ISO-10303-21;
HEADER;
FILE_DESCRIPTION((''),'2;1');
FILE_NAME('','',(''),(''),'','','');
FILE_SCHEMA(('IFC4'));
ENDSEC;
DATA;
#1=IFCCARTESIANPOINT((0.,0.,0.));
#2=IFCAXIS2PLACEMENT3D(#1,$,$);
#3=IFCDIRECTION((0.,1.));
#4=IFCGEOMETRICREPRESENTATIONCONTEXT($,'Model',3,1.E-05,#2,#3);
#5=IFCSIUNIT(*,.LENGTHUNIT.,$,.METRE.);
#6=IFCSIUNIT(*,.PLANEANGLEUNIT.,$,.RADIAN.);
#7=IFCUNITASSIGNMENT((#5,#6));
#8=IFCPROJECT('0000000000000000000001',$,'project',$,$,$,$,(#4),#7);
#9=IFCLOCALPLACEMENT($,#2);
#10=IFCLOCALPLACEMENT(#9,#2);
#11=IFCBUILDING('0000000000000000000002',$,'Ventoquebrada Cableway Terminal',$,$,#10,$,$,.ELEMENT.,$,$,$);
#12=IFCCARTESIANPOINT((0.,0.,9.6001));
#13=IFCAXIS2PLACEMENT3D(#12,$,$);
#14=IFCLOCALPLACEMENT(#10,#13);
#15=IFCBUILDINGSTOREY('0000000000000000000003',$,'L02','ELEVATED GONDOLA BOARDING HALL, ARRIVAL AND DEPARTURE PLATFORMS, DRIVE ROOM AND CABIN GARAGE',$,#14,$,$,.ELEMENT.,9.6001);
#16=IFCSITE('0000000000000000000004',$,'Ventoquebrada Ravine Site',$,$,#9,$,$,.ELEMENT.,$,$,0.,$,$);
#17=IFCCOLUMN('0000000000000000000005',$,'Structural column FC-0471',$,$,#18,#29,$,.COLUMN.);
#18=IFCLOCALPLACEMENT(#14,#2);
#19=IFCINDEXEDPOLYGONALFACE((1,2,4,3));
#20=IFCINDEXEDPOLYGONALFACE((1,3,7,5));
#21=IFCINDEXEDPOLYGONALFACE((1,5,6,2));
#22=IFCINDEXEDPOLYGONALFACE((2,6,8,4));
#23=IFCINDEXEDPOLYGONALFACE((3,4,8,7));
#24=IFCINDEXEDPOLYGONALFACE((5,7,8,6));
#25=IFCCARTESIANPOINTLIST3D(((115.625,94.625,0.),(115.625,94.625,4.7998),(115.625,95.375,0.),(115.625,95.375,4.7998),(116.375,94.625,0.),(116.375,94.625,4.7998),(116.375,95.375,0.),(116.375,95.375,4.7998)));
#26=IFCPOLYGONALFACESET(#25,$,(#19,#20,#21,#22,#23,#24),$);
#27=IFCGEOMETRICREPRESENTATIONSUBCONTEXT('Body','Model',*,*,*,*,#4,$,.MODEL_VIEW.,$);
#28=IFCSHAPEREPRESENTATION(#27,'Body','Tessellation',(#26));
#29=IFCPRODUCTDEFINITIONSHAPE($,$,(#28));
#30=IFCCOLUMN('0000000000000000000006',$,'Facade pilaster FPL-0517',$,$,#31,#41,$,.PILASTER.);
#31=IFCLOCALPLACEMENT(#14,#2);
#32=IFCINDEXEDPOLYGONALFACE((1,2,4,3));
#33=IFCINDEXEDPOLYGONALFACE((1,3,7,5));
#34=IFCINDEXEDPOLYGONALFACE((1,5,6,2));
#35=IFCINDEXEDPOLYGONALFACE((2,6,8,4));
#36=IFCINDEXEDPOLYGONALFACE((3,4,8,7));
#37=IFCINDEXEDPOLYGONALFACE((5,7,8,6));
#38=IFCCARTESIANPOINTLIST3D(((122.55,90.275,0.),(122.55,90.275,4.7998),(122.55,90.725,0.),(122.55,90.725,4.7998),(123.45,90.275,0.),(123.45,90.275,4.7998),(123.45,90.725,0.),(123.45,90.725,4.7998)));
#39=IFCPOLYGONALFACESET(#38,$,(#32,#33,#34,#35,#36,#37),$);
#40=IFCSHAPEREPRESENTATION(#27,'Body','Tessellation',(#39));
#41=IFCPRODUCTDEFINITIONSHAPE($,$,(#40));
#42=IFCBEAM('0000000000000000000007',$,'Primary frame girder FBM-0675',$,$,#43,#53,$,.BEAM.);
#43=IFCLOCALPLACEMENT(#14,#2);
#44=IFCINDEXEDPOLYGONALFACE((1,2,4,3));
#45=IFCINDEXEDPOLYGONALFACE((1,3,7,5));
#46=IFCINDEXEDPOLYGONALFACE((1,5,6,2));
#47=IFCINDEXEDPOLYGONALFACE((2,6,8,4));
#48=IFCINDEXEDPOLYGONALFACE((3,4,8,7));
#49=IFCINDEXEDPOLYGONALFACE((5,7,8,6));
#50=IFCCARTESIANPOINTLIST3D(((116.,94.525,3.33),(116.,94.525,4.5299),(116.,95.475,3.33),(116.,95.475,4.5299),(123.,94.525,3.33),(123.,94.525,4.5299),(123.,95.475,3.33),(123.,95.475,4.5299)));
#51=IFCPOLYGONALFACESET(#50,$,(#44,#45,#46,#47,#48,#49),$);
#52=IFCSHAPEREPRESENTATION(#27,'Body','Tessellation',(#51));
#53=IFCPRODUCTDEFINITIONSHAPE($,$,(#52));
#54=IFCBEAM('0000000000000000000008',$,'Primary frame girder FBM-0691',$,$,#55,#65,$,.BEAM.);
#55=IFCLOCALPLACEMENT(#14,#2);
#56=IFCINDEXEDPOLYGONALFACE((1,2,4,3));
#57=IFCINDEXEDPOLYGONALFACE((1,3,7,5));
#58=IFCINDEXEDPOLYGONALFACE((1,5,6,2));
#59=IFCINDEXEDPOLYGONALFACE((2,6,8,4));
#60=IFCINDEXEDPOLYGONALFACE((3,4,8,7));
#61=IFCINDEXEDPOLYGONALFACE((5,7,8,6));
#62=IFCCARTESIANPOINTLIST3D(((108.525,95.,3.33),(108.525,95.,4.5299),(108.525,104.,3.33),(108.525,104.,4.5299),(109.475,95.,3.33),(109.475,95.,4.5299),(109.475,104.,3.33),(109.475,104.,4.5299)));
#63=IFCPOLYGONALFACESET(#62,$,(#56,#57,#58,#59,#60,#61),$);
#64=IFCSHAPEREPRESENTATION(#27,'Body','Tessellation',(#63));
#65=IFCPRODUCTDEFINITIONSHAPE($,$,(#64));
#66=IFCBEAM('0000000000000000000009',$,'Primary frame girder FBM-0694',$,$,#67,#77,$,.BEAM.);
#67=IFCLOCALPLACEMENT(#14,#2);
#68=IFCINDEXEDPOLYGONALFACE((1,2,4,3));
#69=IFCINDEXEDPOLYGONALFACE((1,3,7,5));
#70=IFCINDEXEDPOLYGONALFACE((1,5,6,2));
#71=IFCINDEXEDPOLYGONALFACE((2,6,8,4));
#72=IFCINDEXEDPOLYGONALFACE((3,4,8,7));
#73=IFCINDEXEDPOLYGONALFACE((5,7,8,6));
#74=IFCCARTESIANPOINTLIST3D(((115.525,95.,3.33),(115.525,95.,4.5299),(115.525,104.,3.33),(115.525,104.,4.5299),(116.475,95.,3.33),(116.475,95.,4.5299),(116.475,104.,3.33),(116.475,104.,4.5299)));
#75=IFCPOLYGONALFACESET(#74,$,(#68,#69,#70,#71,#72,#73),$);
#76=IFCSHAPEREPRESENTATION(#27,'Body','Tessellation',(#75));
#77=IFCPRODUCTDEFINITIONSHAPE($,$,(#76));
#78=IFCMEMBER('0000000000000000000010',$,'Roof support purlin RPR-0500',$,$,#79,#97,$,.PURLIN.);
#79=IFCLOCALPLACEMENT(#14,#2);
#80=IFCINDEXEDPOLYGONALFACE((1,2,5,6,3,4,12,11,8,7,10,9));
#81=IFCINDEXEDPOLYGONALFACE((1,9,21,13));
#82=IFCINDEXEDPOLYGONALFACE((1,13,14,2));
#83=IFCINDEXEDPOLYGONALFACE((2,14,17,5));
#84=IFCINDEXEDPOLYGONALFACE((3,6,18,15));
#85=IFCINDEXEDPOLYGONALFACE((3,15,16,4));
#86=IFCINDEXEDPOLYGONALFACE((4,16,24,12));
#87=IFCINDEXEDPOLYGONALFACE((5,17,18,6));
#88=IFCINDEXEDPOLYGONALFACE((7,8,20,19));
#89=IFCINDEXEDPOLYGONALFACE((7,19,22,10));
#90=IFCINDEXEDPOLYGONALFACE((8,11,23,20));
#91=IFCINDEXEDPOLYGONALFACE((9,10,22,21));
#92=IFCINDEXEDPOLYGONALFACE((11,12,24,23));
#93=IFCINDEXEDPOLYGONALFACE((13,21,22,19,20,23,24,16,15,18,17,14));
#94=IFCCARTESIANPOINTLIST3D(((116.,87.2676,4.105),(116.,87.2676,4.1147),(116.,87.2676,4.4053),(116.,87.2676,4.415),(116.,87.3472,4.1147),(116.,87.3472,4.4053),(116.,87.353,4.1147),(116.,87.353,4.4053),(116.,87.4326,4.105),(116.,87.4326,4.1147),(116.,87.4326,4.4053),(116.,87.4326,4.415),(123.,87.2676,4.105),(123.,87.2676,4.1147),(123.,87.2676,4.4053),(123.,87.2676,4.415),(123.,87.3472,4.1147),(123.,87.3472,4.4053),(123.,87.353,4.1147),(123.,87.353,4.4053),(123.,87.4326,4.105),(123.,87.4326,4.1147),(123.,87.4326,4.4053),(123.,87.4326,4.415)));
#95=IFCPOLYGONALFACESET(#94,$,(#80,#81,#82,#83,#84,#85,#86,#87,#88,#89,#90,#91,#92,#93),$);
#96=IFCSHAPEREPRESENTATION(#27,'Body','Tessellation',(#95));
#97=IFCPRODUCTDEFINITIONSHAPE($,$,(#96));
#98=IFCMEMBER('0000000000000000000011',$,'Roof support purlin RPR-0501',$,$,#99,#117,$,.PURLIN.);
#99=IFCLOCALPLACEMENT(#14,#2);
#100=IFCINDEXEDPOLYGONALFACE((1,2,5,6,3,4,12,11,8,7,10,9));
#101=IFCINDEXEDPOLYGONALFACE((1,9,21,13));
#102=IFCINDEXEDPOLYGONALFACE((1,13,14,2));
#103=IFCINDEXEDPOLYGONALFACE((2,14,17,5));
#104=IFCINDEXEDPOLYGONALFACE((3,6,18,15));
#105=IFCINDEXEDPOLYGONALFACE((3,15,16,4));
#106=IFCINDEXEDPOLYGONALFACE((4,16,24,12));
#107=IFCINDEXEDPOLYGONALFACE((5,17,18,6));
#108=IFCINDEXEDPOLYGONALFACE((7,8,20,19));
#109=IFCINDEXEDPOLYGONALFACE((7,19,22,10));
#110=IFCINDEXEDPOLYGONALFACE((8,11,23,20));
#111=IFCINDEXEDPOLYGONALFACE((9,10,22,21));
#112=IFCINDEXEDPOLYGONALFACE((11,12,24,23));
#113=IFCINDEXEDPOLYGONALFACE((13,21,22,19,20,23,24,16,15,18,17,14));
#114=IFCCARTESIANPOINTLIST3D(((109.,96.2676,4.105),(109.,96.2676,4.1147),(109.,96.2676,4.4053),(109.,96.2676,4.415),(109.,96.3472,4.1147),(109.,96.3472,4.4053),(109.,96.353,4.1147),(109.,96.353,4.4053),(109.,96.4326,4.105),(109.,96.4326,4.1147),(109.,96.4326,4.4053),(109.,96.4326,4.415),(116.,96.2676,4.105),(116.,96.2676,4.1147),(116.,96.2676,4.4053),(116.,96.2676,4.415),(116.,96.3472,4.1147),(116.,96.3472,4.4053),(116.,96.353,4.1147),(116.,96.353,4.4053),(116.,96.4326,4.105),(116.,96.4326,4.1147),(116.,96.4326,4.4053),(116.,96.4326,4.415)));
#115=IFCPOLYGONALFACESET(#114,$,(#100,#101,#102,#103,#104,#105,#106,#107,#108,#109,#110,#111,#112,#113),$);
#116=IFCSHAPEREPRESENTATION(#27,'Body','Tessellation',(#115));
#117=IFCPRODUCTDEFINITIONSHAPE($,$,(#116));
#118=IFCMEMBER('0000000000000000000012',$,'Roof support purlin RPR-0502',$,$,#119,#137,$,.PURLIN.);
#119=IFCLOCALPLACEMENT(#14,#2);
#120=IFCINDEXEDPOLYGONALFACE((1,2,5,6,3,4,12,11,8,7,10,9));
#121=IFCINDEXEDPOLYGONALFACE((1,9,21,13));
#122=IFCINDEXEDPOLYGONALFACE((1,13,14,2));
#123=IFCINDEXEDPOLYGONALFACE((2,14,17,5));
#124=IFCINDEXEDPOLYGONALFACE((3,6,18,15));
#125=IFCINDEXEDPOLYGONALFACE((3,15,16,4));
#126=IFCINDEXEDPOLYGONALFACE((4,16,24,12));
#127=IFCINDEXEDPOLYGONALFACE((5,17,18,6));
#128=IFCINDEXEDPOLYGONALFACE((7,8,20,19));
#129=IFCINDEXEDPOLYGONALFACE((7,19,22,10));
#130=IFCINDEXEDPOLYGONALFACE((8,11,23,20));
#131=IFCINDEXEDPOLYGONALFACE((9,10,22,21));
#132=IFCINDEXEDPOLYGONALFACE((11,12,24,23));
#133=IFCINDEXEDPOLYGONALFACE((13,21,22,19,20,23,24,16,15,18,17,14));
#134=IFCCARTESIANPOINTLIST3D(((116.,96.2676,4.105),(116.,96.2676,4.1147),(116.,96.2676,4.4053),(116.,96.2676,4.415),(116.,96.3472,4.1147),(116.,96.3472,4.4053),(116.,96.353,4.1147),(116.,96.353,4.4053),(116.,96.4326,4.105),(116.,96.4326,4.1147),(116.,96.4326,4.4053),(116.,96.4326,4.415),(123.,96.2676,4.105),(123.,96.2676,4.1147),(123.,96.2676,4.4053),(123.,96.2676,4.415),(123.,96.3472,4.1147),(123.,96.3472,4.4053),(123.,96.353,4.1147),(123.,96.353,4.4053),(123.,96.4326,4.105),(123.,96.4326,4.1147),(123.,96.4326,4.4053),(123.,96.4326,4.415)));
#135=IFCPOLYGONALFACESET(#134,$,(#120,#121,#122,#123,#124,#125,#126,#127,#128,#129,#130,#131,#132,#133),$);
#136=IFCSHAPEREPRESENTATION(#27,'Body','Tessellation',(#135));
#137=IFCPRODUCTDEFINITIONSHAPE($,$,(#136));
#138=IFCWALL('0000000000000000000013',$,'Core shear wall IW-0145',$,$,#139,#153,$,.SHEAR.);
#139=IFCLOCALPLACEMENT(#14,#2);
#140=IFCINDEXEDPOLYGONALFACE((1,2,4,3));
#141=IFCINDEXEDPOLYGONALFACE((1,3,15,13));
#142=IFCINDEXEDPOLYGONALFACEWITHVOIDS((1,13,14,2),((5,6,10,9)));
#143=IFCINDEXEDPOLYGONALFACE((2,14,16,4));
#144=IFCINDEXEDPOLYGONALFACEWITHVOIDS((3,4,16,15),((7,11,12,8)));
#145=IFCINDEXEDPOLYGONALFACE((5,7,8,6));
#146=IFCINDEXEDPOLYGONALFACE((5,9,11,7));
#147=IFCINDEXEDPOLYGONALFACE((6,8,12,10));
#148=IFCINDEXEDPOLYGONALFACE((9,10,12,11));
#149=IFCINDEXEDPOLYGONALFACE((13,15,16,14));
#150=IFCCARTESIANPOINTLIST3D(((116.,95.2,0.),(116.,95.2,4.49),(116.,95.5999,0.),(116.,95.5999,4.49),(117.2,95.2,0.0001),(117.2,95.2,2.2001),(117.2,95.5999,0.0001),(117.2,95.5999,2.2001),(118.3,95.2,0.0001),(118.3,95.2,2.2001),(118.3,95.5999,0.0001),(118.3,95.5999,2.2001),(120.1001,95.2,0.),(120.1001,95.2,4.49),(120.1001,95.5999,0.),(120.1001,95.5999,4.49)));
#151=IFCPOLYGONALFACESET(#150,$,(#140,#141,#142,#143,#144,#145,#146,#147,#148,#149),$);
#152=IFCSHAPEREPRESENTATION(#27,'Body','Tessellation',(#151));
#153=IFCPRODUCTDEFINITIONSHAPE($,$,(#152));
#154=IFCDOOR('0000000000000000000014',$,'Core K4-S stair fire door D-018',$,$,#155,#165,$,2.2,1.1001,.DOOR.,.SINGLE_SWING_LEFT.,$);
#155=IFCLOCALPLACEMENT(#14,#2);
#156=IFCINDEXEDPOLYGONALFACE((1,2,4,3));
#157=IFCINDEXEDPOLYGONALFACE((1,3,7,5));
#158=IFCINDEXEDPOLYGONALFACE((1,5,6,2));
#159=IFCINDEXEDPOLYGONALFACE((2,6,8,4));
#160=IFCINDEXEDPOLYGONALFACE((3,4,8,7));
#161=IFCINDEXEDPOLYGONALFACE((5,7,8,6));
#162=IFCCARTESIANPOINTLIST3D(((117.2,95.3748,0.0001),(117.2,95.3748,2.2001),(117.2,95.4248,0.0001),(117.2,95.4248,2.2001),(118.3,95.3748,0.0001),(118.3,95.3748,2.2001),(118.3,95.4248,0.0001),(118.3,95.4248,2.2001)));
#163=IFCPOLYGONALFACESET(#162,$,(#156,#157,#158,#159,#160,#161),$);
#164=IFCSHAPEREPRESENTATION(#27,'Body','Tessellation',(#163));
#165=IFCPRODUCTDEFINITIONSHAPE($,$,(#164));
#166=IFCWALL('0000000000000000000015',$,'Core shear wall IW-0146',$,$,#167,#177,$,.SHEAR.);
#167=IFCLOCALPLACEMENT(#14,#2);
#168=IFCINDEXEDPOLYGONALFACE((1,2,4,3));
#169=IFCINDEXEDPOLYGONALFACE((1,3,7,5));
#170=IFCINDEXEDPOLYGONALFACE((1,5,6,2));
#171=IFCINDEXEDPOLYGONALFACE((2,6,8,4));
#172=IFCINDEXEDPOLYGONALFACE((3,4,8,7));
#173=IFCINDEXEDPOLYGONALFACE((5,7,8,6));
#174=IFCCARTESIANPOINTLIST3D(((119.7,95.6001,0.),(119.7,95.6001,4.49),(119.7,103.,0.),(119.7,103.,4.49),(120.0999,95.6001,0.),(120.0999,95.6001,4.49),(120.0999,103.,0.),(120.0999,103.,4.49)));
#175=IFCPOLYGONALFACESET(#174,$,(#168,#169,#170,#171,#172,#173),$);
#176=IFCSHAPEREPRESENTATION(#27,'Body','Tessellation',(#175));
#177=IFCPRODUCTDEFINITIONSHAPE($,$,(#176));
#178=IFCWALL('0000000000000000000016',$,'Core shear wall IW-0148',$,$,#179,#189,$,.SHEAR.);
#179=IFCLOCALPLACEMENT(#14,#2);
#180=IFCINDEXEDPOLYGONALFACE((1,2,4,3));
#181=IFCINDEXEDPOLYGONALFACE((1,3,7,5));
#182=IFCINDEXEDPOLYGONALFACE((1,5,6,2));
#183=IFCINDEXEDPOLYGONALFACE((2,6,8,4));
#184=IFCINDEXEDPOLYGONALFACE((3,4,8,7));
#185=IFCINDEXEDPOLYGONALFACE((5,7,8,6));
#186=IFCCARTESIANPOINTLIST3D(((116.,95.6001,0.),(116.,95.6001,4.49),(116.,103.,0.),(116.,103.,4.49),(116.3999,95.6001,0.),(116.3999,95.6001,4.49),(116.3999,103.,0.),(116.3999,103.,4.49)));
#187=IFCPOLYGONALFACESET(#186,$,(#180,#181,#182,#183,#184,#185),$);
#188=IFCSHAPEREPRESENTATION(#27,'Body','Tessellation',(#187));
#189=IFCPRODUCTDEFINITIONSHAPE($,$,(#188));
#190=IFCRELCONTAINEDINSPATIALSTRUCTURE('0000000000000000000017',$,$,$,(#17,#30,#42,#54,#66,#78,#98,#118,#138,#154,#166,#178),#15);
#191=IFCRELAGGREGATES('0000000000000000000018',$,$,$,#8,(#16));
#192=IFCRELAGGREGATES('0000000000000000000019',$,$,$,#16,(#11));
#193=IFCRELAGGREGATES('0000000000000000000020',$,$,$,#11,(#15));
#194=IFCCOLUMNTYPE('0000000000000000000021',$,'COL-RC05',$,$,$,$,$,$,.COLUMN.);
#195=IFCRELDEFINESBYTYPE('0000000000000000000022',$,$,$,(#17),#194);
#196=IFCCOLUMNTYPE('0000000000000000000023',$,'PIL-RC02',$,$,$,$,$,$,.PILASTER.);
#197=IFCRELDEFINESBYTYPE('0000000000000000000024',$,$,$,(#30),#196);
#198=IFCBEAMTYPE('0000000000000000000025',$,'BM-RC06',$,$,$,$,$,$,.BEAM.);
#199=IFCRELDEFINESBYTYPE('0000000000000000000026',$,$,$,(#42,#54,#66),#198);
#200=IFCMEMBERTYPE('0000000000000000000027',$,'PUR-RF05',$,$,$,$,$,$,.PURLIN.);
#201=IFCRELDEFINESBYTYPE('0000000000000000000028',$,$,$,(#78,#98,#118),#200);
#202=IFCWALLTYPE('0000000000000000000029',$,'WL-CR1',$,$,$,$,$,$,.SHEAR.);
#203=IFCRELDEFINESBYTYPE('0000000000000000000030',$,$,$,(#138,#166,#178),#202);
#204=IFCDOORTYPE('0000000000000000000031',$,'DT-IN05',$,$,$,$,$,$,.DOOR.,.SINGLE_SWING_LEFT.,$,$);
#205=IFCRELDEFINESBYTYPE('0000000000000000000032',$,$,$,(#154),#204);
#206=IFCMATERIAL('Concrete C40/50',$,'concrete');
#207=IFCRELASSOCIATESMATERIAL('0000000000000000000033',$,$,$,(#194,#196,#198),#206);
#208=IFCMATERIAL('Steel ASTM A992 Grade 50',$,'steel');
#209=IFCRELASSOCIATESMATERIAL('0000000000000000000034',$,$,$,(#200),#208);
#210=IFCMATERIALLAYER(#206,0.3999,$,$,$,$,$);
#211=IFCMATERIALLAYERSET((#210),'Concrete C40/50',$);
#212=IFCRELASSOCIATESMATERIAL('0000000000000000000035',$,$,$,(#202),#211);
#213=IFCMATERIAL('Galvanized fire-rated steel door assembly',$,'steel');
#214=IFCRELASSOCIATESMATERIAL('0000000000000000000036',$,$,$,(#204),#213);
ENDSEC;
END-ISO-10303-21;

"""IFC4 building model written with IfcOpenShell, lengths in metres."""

from ifc_helpers import new_model, si_unit, direction, frame, frame_2d, origin, origin_2d, place, context, subcontext, project, spatial, rectangle, i_section, extrude, material, layer, layer_set, material_profile, profile_set, type_object, element, fill, save


model = new_model("IFC4")

# Units and contexts
model_context = context("Model", 3, precision=1e-05, world=origin(), true_north=direction((0.0, 1.0)))
body_context = subcontext(model_context, "Body", "Model", "MODEL_VIEW")
ifc_project = project(units=[si_unit("LENGTHUNIT", "METRE"), si_unit("PLANEANGLEUNIT", "RADIAN")], contexts=[model_context])

# Site, building, storey
site_placement = place(None, origin())
site = spatial("IfcSite", under=ifc_project, at=site_placement, Name="Ventoquebrada Ravine Site", CompositionType="ELEMENT", RefElevation=0.0)
building_placement = place(site_placement, origin())
building = spatial("IfcBuilding", under=site, at=building_placement, Name="Ventoquebrada Cableway Terminal", CompositionType="ELEMENT")
storey_placement = place(building_placement, frame((0.0, 0.0, 9.6001)))
storey = spatial("IfcBuildingStorey", under=building, at=storey_placement, Name="L02", Description="ELEVATED GONDOLA BOARDING HALL, ARRIVAL AND DEPARTURE PLATFORMS, DRIVE ROOM AND CABIN GARAGE", CompositionType="ELEMENT", Elevation=9.6001)

# Columns
ifc_material_1 = material(Name="Concrete C40/50", Category="concrete")
ifc_material_profile_1 = material_profile(ifc_material_1, rectangle(XDim=0.75, YDim=0.75, at=origin_2d()), Name="RC-COL-750X750")
ifc_profile_set_1 = profile_set([ifc_material_profile_1], Name="Concrete C40/50")
column_type_1 = type_object("IfcColumnType", Name="COL-RC05", PredefinedType="COLUMN", material=ifc_profile_set_1)
column_1_placement = place(storey_placement, frame((116.0, 95.0, 0.0), z_axis=(0.0, 0.0, 1.0), x_axis=(1.0, 0.0, 0.0)))
element("IfcColumn", 1, at=column_1_placement, inside=storey, type_object=column_type_1, Name="Structural column FC-0471", PredefinedType="COLUMN", context=body_context, shape_type="SweptSolid", body=[
    extrude(rectangle(XDim=0.75, YDim=0.75, at=origin_2d()), origin(), (0.0, 0.0, 1.0), 4.7998),
])
ifc_material_profile_2 = material_profile(ifc_material_1, rectangle(XDim=0.45, YDim=0.8999, at=origin_2d()), Name="RC-PIL-450X900")
ifc_profile_set_2 = profile_set([ifc_material_profile_2], Name="Concrete C40/50")
column_type_2 = type_object("IfcColumnType", Name="PIL-RC02", PredefinedType="PILASTER", material=ifc_profile_set_2)
column_2_placement = place(storey_placement, frame((123.0, 90.5, 0.0), z_axis=(0.0, 0.0, 1.0), x_axis=(0.0, 1.0, 0.0)))
element("IfcColumn", 2, at=column_2_placement, inside=storey, type_object=column_type_2, Name="Facade pilaster FPL-0517", PredefinedType="PILASTER", context=body_context, shape_type="SweptSolid", body=[
    extrude(rectangle(XDim=0.45, YDim=0.8999, at=origin_2d()), origin(), (0.0, 0.0, 1.0), 4.7998),
])

# Beams
ifc_material_profile_3 = material_profile(ifc_material_1, rectangle(XDim=0.95, YDim=1.2, at=origin_2d()), Name="RC-BM-950X1200")
ifc_profile_set_3 = profile_set([ifc_material_profile_3], Name="Concrete C40/50")
beam_type = type_object("IfcBeamType", Name="BM-RC06", PredefinedType="BEAM", material=ifc_profile_set_3)
beam_placement = place(storey_placement, frame((116.0, 95.0, 3.9299), z_axis=(1.0, 0.0, 0.0), x_axis=(0.0, 1.0, 0.0)))
element("IfcBeam", 3, at=beam_placement, inside=storey, type_object=beam_type, Name="Primary frame girder FBM-0675", PredefinedType="BEAM", context=body_context, shape_type="SweptSolid", body=[
    extrude(rectangle(XDim=0.95, YDim=1.2, at=origin_2d()), origin(), (0.0, 0.0, 1.0), 7.0),
])
for number, where, z_axis, x_axis, name in (
    (4, (109.0, 95.0, 3.9299), (0.0, 1.0, 0.0), (-1.0, 0.0, 0.0), "Primary frame girder FBM-0691"),
    (5, (116.0, 95.0, 3.9299), (0.0, 1.0, 0.0), (-1.0, 0.0, 0.0), "Primary frame girder FBM-0694"),
):
    element("IfcBeam", number, at=place(storey_placement, frame(where, z_axis=z_axis, x_axis=x_axis)), inside=storey, type_object=beam_type, Name=name, PredefinedType="BEAM", context=body_context, shape_type="SweptSolid", body=[
        extrude(rectangle(XDim=0.95, YDim=1.2, at=origin_2d()), origin(), (0.0, 0.0, 1.0), 9.0),
    ])

# Members
ifc_material_2 = material(Name="Steel ASTM A992 Grade 50", Category="steel")
ifc_material_profile_4 = material_profile(ifc_material_2, i_section(OverallWidth=0.165, OverallDepth=0.3101, WebThickness=0.0059, FlangeThickness=0.0098, at=origin_2d()), Name="W12X26")
ifc_profile_set_4 = profile_set([ifc_material_profile_4], Name="Steel ASTM A992 Grade 50")
member_type = type_object("IfcMemberType", Name="PUR-RF05", PredefinedType="PURLIN", material=ifc_profile_set_4)
for number, where, z_axis, x_axis, name in (
    (6, (116.0, 87.3501, 4.26), (1.0, 0.0, 0.0), (0.0, 1.0, 0.0), "Roof support purlin RPR-0500"),
    (7, (109.0, 96.3501, 4.26), (1.0, 0.0, 0.0), (0.0, 1.0, 0.0), "Roof support purlin RPR-0501"),
    (8, (116.0, 96.3501, 4.26), (1.0, 0.0, 0.0), (0.0, 1.0, 0.0), "Roof support purlin RPR-0502"),
):
    element("IfcMember", number, at=place(storey_placement, frame(where, z_axis=z_axis, x_axis=x_axis)), inside=storey, type_object=member_type, Name=name, PredefinedType="PURLIN", context=body_context, shape_type="SweptSolid", body=[
        extrude(i_section(OverallWidth=0.165, OverallDepth=0.3101, WebThickness=0.0059, FlangeThickness=0.0098, at=origin_2d()), origin(), (0.0, 0.0, 1.0), 7.0),
    ])

# Wall, opening, door
ifc_layer_1 = layer(ifc_material_1, 0.3999)
ifc_layer_set_1 = layer_set([ifc_layer_1], Name="Concrete C40/50")
wall_type_1 = type_object("IfcWallType", Name="WL-CR1", PredefinedType="SHEAR", material=ifc_layer_set_1)
wall_1_placement = place(storey_placement, frame((116.0, 95.3999, 0.0), z_axis=(0.0, 0.0, 1.0), x_axis=(1.0, 0.0, 0.0)))
wall_1 = element("IfcWall", 9, at=wall_1_placement, inside=storey, type_object=wall_type_1, Name="Core shear wall IW-0145", PredefinedType="SHEAR", context=body_context, shape_type="SweptSolid", body=[
    extrude(rectangle(XDim=4.1001, YDim=0.3999, at=frame_2d((2.05, 0.0))), origin(), (0.0, 0.0, 1.0), 4.49),
])
opening_1_placement = place(wall_1_placement, frame((1.2, 0.0, 0.0)))
opening_1 = element("IfcOpeningElement", 10, at=opening_1_placement, cuts=wall_1, PredefinedType="OPENING", context=body_context, shape_type="SweptSolid", body=[
    extrude(rectangle(XDim=1.1001, YDim=2.2, at=frame_2d((0.55, 1.1001))), frame((0.0, 0.21, 0.0), z_axis=(0.0, -1.0, 0.0), x_axis=(1.0, 0.0, 0.0)), (0.0, 0.0, 1.0), 0.4199),
])
ifc_material_3 = material(Name="Galvanized fire-rated steel door assembly", Category="steel")
door_type_1 = type_object("IfcDoorType", Name="DT-IN05", OperationType="SINGLE_SWING_LEFT", PredefinedType="DOOR", material=ifc_material_3)
door_1_placement = place(opening_1_placement, origin())
door_1 = element("IfcDoor", 11, at=door_1_placement, inside=storey, type_object=door_type_1, Name="Core K4-S stair fire door D-018", OperationType="SINGLE_SWING_LEFT", OverallHeight=2.2, OverallWidth=1.1001, PredefinedType="DOOR", context=body_context, shape_type="SweptSolid", body=[
    extrude(rectangle(XDim=1.1001, YDim=2.2, at=frame_2d((0.55, 1.1001))), frame((0.0, 0.0249, 0.0), z_axis=(0.0, -1.0, 0.0), x_axis=(1.0, 0.0, 0.0)), (0.0, 0.0, 1.0), 0.05),
])
fill(opening_1, door_1)

# Walls
for number, where, z_axis, x_axis, name in (
    (12, (119.8999, 95.6001, 0.0), (0.0, 0.0, 1.0), (0.0, 1.0, 0.0), "Core shear wall IW-0146"),
    (13, (116.2, 103.0, 0.0), (0.0, 0.0, 1.0), (0.0, -1.0, 0.0), "Core shear wall IW-0148"),
):
    element("IfcWall", number, at=place(storey_placement, frame(where, z_axis=z_axis, x_axis=x_axis)), inside=storey, type_object=wall_type_1, Name=name, PredefinedType="SHEAR", context=body_context, shape_type="SweptSolid", body=[
        extrude(rectangle(XDim=7.3999, YDim=0.3999, at=frame_2d((3.7, 0.0))), origin(), (0.0, 0.0, 1.0), 4.49),
    ])

save(model, "model.ifc")
